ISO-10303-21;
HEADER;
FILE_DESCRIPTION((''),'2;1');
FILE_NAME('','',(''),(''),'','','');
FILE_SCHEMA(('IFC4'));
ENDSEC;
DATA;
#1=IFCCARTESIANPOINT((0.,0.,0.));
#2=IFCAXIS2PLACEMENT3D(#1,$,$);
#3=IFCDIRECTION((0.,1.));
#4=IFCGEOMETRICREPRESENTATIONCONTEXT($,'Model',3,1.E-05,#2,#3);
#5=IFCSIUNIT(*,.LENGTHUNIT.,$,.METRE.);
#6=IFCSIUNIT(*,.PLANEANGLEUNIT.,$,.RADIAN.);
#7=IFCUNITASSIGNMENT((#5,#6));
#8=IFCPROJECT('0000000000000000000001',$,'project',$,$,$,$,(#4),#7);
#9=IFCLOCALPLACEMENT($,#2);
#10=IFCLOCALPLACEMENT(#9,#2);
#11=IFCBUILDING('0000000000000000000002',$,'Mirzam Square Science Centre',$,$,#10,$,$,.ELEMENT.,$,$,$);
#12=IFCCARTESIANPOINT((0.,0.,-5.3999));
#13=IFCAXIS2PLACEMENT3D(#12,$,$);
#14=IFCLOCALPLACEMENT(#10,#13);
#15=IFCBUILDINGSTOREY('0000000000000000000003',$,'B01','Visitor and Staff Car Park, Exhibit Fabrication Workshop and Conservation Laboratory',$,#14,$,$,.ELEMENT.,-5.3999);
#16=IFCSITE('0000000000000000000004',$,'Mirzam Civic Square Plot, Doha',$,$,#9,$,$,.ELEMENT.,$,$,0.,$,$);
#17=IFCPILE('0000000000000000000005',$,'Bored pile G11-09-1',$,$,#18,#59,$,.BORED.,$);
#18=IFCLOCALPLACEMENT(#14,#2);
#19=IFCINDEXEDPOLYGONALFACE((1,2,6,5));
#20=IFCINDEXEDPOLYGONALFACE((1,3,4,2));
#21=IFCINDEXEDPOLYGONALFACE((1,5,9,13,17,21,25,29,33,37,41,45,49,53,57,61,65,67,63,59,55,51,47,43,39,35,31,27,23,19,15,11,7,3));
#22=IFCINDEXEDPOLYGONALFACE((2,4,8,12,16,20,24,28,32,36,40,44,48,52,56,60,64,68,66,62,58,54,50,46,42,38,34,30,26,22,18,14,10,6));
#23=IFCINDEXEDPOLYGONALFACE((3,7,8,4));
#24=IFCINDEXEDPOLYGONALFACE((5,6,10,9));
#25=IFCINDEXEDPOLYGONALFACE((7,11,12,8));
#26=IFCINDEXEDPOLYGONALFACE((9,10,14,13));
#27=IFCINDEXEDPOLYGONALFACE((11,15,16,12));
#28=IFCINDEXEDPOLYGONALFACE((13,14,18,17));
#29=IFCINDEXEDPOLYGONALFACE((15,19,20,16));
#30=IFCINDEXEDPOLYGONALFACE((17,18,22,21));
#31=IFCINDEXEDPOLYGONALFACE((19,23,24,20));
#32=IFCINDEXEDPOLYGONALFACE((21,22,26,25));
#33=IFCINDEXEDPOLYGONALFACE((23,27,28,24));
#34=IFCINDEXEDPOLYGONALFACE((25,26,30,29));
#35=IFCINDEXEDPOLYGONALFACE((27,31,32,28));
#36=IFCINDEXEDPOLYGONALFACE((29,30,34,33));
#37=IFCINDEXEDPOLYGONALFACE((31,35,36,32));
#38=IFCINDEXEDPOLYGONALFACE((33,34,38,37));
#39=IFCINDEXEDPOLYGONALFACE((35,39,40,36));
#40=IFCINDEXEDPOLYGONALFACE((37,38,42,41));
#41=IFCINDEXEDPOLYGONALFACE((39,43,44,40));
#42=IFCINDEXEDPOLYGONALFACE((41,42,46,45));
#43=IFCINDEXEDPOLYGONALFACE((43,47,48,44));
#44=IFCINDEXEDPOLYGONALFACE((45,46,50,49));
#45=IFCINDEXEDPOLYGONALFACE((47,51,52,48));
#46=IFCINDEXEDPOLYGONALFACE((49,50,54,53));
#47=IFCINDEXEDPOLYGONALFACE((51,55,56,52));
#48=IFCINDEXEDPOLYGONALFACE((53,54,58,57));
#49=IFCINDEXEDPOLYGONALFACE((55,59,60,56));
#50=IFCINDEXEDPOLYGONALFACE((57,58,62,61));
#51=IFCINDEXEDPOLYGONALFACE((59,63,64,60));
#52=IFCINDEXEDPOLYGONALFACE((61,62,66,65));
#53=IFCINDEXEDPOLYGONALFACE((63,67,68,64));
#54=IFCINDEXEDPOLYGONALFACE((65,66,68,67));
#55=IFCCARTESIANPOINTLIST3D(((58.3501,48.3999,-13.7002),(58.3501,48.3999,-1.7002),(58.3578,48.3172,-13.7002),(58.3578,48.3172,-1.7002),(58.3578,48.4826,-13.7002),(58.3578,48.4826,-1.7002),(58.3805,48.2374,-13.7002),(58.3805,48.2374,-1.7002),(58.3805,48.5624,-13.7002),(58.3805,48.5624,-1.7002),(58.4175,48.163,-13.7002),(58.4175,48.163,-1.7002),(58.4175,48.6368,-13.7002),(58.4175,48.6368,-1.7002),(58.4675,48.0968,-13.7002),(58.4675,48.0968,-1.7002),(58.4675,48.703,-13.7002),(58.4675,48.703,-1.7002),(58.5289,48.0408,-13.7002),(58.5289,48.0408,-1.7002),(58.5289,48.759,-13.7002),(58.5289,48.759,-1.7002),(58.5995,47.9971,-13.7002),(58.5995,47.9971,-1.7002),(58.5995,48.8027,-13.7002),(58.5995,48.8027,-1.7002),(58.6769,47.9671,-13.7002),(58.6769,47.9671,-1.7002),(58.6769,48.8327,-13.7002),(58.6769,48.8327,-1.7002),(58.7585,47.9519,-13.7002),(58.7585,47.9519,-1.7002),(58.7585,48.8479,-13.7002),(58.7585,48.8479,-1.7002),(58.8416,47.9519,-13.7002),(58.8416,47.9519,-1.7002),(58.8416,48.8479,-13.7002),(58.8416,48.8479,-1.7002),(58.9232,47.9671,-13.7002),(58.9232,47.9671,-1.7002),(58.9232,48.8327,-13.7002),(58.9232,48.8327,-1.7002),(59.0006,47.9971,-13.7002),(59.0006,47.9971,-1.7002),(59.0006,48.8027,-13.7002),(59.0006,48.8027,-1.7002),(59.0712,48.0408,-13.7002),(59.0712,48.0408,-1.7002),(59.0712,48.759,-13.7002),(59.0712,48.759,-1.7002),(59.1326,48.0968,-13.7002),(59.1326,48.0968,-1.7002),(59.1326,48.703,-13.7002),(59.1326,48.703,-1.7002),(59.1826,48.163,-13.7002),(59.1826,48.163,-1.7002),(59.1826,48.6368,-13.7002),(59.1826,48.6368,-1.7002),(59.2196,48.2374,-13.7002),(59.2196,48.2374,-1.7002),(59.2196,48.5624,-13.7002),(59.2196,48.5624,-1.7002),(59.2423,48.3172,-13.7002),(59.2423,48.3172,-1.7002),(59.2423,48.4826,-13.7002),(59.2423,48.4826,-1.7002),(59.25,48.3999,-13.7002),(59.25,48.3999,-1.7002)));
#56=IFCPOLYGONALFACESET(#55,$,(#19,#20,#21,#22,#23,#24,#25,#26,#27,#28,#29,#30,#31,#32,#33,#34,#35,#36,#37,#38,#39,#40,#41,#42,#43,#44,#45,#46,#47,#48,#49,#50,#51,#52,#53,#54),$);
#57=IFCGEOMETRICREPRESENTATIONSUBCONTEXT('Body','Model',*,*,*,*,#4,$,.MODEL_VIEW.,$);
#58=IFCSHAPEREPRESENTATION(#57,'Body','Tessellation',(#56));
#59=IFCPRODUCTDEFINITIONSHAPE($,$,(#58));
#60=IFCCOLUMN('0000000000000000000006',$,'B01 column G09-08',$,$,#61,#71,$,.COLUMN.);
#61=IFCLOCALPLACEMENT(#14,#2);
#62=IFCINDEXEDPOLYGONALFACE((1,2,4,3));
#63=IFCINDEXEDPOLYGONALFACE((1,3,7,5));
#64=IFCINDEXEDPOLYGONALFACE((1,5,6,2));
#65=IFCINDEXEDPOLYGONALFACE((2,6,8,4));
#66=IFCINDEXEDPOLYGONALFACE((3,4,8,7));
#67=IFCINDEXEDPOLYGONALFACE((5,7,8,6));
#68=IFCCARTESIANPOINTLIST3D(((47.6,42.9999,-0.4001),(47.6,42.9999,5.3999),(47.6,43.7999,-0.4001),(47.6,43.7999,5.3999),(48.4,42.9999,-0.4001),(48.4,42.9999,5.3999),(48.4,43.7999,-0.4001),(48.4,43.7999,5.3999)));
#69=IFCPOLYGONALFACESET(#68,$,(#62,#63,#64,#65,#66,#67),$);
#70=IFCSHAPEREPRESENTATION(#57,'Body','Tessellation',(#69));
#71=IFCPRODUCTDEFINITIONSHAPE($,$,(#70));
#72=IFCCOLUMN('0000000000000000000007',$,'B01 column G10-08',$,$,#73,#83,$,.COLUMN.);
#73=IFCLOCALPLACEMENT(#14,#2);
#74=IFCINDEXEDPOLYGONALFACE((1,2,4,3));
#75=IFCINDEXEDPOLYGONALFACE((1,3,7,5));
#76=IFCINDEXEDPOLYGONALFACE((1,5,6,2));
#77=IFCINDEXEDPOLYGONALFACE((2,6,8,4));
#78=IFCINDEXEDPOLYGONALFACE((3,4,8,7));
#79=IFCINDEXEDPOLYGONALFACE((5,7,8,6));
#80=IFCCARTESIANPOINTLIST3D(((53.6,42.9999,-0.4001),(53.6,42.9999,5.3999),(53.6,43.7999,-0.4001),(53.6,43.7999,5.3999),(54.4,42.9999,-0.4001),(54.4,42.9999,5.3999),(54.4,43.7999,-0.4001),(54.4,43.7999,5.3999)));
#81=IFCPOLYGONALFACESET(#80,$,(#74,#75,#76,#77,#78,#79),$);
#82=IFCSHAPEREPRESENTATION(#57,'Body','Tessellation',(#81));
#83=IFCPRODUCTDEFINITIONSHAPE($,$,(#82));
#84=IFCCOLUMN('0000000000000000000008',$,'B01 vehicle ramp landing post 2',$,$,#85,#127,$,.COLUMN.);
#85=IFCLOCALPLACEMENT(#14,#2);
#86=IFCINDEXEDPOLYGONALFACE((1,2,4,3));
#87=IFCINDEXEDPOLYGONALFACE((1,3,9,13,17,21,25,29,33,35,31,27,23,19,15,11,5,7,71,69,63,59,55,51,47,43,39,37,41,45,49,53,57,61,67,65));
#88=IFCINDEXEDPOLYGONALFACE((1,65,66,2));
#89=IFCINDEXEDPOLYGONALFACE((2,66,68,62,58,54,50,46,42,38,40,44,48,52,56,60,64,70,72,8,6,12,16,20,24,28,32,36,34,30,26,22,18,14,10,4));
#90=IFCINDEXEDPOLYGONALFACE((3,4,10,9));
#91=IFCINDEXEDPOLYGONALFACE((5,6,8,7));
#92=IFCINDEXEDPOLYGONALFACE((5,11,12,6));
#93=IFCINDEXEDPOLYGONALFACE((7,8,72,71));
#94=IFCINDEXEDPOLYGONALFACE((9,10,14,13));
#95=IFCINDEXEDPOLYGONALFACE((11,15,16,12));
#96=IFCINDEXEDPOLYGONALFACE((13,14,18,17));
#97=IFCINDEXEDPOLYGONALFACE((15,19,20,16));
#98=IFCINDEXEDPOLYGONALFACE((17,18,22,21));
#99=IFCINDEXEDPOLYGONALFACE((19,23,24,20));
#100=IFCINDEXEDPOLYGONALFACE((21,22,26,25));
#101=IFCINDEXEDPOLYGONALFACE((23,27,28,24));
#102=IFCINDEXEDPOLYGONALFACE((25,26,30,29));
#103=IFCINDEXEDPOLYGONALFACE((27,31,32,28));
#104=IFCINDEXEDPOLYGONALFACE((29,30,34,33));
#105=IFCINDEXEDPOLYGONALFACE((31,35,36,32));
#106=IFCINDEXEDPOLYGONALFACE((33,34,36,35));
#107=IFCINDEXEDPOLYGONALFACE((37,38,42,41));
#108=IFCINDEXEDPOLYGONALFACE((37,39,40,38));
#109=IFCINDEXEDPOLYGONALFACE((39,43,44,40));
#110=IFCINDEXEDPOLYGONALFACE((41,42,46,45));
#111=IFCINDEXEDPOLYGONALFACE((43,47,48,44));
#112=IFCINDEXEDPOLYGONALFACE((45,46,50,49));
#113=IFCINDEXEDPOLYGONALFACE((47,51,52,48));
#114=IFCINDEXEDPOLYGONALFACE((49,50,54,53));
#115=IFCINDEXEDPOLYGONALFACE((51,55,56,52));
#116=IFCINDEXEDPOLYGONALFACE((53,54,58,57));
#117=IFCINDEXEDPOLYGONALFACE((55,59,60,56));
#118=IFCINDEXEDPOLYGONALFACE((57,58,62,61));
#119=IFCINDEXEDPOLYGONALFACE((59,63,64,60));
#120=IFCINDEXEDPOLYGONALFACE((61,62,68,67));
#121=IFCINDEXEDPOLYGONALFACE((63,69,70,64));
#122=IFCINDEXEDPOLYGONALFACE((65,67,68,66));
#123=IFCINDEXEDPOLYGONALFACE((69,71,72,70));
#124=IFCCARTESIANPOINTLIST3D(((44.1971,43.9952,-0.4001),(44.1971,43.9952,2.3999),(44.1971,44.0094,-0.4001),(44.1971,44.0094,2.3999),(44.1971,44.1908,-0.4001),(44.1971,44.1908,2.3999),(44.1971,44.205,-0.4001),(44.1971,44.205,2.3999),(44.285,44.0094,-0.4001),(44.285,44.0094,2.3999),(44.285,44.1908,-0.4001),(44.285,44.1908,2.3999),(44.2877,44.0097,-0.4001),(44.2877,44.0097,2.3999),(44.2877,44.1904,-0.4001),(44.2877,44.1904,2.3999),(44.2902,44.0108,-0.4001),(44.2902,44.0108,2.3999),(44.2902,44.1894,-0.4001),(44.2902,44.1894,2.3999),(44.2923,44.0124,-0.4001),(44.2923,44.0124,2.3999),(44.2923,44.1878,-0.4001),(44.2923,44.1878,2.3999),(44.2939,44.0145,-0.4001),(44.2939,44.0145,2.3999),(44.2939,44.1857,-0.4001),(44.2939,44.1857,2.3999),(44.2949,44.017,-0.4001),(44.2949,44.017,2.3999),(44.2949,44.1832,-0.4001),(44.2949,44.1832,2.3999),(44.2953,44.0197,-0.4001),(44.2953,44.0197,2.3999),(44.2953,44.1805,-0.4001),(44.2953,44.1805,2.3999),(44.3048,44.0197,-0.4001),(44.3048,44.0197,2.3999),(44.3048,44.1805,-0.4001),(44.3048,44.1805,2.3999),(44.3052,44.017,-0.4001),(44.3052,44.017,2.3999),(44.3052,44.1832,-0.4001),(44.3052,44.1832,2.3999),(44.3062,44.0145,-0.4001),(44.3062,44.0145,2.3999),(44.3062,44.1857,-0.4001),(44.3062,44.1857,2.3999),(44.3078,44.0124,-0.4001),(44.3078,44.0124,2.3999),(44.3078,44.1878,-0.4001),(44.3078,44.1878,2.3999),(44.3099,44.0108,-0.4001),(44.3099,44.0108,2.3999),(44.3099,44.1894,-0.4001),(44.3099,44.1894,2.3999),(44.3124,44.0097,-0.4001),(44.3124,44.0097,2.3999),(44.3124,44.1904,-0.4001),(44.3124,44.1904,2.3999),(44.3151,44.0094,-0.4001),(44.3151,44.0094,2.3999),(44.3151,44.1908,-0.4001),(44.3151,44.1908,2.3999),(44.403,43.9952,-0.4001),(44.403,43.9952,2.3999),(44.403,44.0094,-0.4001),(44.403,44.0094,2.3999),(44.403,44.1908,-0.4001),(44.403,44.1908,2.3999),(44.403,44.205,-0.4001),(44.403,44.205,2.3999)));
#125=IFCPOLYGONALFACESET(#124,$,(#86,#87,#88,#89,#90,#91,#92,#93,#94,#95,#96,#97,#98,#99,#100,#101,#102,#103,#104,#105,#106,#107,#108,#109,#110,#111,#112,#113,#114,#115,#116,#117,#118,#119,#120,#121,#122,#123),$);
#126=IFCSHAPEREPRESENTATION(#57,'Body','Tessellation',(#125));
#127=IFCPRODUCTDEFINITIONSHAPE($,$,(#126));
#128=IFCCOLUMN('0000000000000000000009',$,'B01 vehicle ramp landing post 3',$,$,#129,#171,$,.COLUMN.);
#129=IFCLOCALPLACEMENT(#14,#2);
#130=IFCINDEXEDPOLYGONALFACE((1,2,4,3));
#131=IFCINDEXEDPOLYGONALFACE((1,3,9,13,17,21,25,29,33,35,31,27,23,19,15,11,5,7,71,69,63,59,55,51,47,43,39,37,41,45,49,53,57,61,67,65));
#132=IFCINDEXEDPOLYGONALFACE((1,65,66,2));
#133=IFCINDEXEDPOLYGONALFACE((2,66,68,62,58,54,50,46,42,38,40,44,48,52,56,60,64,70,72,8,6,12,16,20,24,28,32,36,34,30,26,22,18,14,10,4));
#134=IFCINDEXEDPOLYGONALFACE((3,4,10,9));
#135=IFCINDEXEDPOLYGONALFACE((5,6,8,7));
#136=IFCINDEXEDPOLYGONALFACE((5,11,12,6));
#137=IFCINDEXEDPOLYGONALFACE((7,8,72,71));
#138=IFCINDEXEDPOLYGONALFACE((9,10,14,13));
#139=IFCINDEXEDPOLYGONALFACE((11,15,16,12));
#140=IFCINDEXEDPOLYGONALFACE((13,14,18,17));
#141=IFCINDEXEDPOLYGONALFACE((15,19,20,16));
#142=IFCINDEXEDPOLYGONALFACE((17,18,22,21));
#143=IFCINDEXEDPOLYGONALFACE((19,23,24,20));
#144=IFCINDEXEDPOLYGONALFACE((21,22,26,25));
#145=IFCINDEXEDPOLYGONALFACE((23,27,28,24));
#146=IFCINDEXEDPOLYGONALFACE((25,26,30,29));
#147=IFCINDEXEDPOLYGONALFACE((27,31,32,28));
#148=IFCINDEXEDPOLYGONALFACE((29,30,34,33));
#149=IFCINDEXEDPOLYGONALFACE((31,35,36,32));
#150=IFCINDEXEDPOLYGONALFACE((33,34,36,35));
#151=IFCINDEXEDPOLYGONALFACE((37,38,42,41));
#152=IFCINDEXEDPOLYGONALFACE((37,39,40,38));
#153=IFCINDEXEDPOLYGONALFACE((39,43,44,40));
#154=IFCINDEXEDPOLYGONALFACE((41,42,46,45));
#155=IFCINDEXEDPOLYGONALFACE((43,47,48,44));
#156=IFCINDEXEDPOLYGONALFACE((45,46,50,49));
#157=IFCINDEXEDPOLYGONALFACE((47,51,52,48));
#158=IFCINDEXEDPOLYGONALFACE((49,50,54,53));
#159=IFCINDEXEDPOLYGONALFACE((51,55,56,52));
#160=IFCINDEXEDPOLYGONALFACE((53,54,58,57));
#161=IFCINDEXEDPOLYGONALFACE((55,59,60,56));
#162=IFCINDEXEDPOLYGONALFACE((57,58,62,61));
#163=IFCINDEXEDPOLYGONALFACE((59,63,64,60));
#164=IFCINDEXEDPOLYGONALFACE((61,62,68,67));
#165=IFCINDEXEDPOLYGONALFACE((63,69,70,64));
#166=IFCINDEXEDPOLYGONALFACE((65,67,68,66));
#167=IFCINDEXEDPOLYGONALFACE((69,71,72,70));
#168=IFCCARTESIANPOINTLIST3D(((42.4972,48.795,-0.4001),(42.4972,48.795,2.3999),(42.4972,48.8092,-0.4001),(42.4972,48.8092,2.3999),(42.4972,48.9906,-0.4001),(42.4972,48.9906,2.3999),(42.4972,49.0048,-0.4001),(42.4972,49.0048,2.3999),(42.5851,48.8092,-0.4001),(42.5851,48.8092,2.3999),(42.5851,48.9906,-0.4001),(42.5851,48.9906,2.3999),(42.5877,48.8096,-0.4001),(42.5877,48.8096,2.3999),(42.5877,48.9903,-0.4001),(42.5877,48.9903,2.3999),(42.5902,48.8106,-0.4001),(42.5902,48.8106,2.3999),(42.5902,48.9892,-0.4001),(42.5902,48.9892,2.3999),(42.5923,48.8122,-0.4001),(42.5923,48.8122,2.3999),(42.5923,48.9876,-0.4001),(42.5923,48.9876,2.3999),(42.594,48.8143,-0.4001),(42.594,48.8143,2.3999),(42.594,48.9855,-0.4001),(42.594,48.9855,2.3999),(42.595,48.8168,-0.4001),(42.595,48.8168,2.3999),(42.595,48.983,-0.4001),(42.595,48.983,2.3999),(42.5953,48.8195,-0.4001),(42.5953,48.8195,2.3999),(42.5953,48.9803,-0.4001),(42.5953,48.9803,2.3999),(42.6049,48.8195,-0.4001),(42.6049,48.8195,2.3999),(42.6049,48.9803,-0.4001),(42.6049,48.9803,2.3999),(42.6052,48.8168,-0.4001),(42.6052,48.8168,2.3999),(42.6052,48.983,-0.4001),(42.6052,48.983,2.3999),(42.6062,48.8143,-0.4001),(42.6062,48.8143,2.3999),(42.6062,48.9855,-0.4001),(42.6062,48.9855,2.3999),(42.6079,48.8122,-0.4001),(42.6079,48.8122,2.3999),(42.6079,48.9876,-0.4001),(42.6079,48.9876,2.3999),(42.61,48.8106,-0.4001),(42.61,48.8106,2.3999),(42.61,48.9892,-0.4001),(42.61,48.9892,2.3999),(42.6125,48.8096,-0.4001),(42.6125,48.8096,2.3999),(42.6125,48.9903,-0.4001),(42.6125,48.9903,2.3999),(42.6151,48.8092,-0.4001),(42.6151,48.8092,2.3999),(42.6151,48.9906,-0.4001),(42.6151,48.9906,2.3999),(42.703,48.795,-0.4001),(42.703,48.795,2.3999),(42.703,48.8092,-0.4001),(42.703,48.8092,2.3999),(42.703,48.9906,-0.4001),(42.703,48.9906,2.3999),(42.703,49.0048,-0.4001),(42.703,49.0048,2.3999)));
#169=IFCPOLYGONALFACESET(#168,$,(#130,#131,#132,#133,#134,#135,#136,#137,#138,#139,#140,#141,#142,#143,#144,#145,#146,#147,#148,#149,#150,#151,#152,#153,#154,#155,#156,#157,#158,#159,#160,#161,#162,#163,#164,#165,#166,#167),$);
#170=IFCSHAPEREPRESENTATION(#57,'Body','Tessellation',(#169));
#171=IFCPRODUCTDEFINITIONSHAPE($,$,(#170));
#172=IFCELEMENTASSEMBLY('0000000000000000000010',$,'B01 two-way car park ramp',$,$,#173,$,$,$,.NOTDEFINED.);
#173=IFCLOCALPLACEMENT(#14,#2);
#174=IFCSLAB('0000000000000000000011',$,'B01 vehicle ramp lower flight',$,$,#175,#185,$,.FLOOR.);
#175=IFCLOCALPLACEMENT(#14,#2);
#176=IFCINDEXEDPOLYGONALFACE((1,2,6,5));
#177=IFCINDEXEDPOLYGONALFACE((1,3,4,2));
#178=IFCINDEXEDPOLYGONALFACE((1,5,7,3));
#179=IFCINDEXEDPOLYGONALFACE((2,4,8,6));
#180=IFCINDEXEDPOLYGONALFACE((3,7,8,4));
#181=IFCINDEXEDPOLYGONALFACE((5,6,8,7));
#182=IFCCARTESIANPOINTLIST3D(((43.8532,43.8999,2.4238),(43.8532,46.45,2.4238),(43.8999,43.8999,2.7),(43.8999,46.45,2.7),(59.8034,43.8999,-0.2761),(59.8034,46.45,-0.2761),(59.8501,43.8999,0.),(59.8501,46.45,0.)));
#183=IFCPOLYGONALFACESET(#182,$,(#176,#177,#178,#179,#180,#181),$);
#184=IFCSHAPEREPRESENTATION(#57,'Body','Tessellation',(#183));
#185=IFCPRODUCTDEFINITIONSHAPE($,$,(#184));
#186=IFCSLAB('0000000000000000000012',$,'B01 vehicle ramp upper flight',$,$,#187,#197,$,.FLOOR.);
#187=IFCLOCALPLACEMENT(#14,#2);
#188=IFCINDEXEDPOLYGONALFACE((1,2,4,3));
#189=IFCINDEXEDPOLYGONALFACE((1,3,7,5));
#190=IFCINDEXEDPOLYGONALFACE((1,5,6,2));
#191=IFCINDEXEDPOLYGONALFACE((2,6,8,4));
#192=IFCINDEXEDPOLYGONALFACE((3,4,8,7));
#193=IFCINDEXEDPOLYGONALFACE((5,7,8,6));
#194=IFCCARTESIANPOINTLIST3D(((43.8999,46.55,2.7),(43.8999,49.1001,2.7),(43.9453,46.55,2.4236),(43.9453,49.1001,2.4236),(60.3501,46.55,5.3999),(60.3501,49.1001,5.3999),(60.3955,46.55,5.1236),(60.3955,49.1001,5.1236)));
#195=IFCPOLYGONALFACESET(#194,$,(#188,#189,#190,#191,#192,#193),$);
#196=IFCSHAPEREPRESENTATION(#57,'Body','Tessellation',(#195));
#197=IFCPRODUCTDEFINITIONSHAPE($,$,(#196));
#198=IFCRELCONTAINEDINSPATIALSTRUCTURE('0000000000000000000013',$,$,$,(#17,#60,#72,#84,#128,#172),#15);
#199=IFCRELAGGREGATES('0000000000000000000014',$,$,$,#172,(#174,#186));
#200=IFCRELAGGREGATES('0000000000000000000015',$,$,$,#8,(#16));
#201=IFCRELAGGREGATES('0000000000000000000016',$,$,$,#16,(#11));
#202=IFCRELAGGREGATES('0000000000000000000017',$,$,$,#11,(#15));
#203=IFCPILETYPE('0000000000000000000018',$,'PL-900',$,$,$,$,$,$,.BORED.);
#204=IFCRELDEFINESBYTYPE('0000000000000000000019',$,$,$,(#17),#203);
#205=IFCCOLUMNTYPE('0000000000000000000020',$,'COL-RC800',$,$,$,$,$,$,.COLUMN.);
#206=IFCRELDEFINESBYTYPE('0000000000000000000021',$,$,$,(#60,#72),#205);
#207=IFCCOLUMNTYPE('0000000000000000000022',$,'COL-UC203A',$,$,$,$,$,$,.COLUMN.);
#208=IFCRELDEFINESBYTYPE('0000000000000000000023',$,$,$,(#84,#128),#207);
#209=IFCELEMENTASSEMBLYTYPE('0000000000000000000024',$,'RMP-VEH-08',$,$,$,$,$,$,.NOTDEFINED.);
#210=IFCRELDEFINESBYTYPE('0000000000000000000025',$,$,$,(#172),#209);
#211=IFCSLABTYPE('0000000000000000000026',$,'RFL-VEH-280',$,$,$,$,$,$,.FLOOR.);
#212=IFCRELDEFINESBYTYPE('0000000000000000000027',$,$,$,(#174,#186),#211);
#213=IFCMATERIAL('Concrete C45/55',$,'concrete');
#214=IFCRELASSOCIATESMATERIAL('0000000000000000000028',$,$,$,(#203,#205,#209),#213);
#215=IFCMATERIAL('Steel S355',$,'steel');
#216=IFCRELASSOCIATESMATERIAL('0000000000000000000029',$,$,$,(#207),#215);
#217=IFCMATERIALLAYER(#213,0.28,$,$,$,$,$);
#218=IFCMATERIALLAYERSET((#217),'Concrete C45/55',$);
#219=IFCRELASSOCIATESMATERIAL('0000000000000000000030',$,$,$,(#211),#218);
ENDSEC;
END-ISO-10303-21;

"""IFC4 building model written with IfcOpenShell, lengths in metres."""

from ifc_helpers import new_model, si_unit, direction, frame, origin, origin_2d, place, context, subcontext, project, spatial, polyline, rectangle, circle, i_section, outline, extrude, material, layer, layer_set, material_profile, profile_set, type_object, element, aggregate, save


model = new_model("IFC4")

# Units and contexts
model_context = context("Model", 3, precision=1e-05, world=origin(), true_north=direction((0.0, 1.0)))
body_context = subcontext(model_context, "Body", "Model", "MODEL_VIEW")
ifc_project = project(units=[si_unit("LENGTHUNIT", "METRE"), si_unit("PLANEANGLEUNIT", "RADIAN")], contexts=[model_context])

# Site, building, storey
site_placement = place(None, origin())
site = spatial("IfcSite", under=ifc_project, at=site_placement, Name="Mirzam Civic Square Plot, Doha", CompositionType="ELEMENT", RefElevation=0.0)
building_placement = place(site_placement, origin())
building = spatial("IfcBuilding", under=site, at=building_placement, Name="Mirzam Square Science Centre", CompositionType="ELEMENT")
storey_placement = place(building_placement, frame((0.0, 0.0, -5.3999)))
storey = spatial("IfcBuildingStorey", under=building, at=storey_placement, Name="B01", Description="Visitor and Staff Car Park, Exhibit Fabrication Workshop and Conservation Laboratory", CompositionType="ELEMENT", Elevation=-5.3999)

# Shared definitions
ifc_material_1 = material(Name="Concrete C45/55", Category="concrete")

# Pile
ifc_material_profile_1 = material_profile(ifc_material_1, circle(Radius=0.45, at=origin_2d()), Name="PILE-D900")
ifc_profile_set_1 = profile_set([ifc_material_profile_1], Name="Concrete C45/55")
pile_type = type_object("IfcPileType", Name="PL-900", PredefinedType="BORED", material=ifc_profile_set_1)
for number, where, z_axis, x_axis, name in (
    (1, (58.8, 48.3999, -1.7002), (0.0, 0.0, -1.0), (1.0, 0.0, 0.0), "Bored pile G11-09-1"),
):
    element("IfcPile", number, at=place(storey_placement, frame(where, z_axis=z_axis, x_axis=x_axis)), inside=storey, type_object=pile_type, Name=name, PredefinedType="BORED", context=body_context, shape_type="SweptSolid", body=[
        extrude(circle(Radius=0.45, at=origin_2d()), origin(), (0.0, 0.0, 1.0), 12.0),
    ])

# Columns
ifc_material_profile_2 = material_profile(ifc_material_1, rectangle(XDim=0.8, YDim=0.8, at=origin_2d()), Name="RC800x800")
ifc_profile_set_2 = profile_set([ifc_material_profile_2], Name="Concrete C45/55")
column_type_1 = type_object("IfcColumnType", Name="COL-RC800", PredefinedType="COLUMN", material=ifc_profile_set_2)
for number, where, z_axis, x_axis, name in (
    (2, (48.0, 43.3999, -0.4001), (0.0, 0.0, 1.0), (1.0, 0.0, 0.0), "B01 column G09-08"),
    (3, (54.0, 43.3999, -0.4001), (0.0, 0.0, 1.0), (1.0, 0.0, 0.0), "B01 column G10-08"),
):
    element("IfcColumn", number, at=place(storey_placement, frame(where, z_axis=z_axis, x_axis=x_axis)), inside=storey, type_object=column_type_1, Name=name, PredefinedType="COLUMN", context=body_context, shape_type="SweptSolid", body=[
        extrude(rectangle(XDim=0.8, YDim=0.8, at=origin_2d()), origin(), (0.0, 0.0, 1.0), 5.8),
    ])
ifc_material_2 = material(Name="Steel S355", Category="steel")
ifc_material_profile_3 = material_profile(ifc_material_2, i_section(OverallWidth=0.2058, OverallDepth=0.2097, WebThickness=0.0095, FlangeThickness=0.0142, FilletRadius=0.0103, at=origin_2d()), Name="203x203x60UC")
ifc_profile_set_3 = profile_set([ifc_material_profile_3], Name="Steel S355")
column_type_2 = type_object("IfcColumnType", Name="COL-UC203A", PredefinedType="COLUMN", material=ifc_profile_set_3)
for number, where, z_axis, x_axis, name in (
    (4, (44.3, 44.1001, -0.4001), (0.0, 0.0, 1.0), (1.0, 0.0, 0.0), "B01 vehicle ramp landing post 2"),
    (5, (42.6001, 48.8999, -0.4001), (0.0, 0.0, 1.0), (1.0, 0.0, 0.0), "B01 vehicle ramp landing post 3"),
):
    element("IfcColumn", number, at=place(storey_placement, frame(where, z_axis=z_axis, x_axis=x_axis)), inside=storey, type_object=column_type_2, Name=name, PredefinedType="COLUMN", context=body_context, shape_type="SweptSolid", body=[
        extrude(i_section(OverallWidth=0.2058, OverallDepth=0.2097, WebThickness=0.0095, FlangeThickness=0.0142, FilletRadius=0.0103, at=origin_2d()), origin(), (0.0, 0.0, 1.0), 2.8),
    ])

# Element assembly, slabs
element_assembly_type = type_object("IfcElementAssemblyType", Name="RMP-VEH-08", PredefinedType="NOTDEFINED", material=ifc_material_1)
assembly_placement = place(storey_placement, origin())
assembly = element("IfcElementAssembly", 6, at=assembly_placement, inside=storey, type_object=element_assembly_type, Name="B01 two-way car park ramp", PredefinedType="NOTDEFINED")
ifc_layer_1 = layer(ifc_material_1, 0.28)
ifc_layer_set_1 = layer_set([ifc_layer_1], Name="Concrete C45/55")
slab_type = type_object("IfcSlabType", Name="RFL-VEH-280", PredefinedType="FLOOR", material=ifc_layer_set_1)
slab_1_placement = place(storey_placement, frame((59.8501, 43.8999, 0.0), z_axis=(0.1669, 0.0, 0.985974), x_axis=(-0.985974, 0.0, 0.1669)))
slab_1 = element("IfcSlab", 7, at=slab_1_placement, type_object=slab_type, Name="B01 vehicle ramp lower flight", PredefinedType="FLOOR", context=body_context, shape_type="SweptSolid", body=[
    extrude(outline(polyline([(0.0, 0.0), (16.1771, 0.0), (16.1771, -2.55), (0.0, -2.55), (0.0, 0.0)])), origin(), (0.0, 0.0, -1.0), 0.28),
])
slab_2_placement = place(storey_placement, frame((43.8999, 46.55, 2.7), z_axis=(-0.161962, 0.0, 0.986797), x_axis=(0.986797, 0.0, 0.161962)))
slab_2 = element("IfcSlab", 8, at=slab_2_placement, type_object=slab_type, Name="B01 vehicle ramp upper flight", PredefinedType="FLOOR", context=body_context, shape_type="SweptSolid", body=[
    extrude(outline(polyline([(0.0, 0.0), (16.6703, 0.0), (16.6703, 2.55), (0.0, 2.55), (0.0, 0.0)])), origin(), (0.0, 0.0, -1.0), 0.28),
])
aggregate(assembly, [slab_1, slab_2])

save(model, "model.ifc")
